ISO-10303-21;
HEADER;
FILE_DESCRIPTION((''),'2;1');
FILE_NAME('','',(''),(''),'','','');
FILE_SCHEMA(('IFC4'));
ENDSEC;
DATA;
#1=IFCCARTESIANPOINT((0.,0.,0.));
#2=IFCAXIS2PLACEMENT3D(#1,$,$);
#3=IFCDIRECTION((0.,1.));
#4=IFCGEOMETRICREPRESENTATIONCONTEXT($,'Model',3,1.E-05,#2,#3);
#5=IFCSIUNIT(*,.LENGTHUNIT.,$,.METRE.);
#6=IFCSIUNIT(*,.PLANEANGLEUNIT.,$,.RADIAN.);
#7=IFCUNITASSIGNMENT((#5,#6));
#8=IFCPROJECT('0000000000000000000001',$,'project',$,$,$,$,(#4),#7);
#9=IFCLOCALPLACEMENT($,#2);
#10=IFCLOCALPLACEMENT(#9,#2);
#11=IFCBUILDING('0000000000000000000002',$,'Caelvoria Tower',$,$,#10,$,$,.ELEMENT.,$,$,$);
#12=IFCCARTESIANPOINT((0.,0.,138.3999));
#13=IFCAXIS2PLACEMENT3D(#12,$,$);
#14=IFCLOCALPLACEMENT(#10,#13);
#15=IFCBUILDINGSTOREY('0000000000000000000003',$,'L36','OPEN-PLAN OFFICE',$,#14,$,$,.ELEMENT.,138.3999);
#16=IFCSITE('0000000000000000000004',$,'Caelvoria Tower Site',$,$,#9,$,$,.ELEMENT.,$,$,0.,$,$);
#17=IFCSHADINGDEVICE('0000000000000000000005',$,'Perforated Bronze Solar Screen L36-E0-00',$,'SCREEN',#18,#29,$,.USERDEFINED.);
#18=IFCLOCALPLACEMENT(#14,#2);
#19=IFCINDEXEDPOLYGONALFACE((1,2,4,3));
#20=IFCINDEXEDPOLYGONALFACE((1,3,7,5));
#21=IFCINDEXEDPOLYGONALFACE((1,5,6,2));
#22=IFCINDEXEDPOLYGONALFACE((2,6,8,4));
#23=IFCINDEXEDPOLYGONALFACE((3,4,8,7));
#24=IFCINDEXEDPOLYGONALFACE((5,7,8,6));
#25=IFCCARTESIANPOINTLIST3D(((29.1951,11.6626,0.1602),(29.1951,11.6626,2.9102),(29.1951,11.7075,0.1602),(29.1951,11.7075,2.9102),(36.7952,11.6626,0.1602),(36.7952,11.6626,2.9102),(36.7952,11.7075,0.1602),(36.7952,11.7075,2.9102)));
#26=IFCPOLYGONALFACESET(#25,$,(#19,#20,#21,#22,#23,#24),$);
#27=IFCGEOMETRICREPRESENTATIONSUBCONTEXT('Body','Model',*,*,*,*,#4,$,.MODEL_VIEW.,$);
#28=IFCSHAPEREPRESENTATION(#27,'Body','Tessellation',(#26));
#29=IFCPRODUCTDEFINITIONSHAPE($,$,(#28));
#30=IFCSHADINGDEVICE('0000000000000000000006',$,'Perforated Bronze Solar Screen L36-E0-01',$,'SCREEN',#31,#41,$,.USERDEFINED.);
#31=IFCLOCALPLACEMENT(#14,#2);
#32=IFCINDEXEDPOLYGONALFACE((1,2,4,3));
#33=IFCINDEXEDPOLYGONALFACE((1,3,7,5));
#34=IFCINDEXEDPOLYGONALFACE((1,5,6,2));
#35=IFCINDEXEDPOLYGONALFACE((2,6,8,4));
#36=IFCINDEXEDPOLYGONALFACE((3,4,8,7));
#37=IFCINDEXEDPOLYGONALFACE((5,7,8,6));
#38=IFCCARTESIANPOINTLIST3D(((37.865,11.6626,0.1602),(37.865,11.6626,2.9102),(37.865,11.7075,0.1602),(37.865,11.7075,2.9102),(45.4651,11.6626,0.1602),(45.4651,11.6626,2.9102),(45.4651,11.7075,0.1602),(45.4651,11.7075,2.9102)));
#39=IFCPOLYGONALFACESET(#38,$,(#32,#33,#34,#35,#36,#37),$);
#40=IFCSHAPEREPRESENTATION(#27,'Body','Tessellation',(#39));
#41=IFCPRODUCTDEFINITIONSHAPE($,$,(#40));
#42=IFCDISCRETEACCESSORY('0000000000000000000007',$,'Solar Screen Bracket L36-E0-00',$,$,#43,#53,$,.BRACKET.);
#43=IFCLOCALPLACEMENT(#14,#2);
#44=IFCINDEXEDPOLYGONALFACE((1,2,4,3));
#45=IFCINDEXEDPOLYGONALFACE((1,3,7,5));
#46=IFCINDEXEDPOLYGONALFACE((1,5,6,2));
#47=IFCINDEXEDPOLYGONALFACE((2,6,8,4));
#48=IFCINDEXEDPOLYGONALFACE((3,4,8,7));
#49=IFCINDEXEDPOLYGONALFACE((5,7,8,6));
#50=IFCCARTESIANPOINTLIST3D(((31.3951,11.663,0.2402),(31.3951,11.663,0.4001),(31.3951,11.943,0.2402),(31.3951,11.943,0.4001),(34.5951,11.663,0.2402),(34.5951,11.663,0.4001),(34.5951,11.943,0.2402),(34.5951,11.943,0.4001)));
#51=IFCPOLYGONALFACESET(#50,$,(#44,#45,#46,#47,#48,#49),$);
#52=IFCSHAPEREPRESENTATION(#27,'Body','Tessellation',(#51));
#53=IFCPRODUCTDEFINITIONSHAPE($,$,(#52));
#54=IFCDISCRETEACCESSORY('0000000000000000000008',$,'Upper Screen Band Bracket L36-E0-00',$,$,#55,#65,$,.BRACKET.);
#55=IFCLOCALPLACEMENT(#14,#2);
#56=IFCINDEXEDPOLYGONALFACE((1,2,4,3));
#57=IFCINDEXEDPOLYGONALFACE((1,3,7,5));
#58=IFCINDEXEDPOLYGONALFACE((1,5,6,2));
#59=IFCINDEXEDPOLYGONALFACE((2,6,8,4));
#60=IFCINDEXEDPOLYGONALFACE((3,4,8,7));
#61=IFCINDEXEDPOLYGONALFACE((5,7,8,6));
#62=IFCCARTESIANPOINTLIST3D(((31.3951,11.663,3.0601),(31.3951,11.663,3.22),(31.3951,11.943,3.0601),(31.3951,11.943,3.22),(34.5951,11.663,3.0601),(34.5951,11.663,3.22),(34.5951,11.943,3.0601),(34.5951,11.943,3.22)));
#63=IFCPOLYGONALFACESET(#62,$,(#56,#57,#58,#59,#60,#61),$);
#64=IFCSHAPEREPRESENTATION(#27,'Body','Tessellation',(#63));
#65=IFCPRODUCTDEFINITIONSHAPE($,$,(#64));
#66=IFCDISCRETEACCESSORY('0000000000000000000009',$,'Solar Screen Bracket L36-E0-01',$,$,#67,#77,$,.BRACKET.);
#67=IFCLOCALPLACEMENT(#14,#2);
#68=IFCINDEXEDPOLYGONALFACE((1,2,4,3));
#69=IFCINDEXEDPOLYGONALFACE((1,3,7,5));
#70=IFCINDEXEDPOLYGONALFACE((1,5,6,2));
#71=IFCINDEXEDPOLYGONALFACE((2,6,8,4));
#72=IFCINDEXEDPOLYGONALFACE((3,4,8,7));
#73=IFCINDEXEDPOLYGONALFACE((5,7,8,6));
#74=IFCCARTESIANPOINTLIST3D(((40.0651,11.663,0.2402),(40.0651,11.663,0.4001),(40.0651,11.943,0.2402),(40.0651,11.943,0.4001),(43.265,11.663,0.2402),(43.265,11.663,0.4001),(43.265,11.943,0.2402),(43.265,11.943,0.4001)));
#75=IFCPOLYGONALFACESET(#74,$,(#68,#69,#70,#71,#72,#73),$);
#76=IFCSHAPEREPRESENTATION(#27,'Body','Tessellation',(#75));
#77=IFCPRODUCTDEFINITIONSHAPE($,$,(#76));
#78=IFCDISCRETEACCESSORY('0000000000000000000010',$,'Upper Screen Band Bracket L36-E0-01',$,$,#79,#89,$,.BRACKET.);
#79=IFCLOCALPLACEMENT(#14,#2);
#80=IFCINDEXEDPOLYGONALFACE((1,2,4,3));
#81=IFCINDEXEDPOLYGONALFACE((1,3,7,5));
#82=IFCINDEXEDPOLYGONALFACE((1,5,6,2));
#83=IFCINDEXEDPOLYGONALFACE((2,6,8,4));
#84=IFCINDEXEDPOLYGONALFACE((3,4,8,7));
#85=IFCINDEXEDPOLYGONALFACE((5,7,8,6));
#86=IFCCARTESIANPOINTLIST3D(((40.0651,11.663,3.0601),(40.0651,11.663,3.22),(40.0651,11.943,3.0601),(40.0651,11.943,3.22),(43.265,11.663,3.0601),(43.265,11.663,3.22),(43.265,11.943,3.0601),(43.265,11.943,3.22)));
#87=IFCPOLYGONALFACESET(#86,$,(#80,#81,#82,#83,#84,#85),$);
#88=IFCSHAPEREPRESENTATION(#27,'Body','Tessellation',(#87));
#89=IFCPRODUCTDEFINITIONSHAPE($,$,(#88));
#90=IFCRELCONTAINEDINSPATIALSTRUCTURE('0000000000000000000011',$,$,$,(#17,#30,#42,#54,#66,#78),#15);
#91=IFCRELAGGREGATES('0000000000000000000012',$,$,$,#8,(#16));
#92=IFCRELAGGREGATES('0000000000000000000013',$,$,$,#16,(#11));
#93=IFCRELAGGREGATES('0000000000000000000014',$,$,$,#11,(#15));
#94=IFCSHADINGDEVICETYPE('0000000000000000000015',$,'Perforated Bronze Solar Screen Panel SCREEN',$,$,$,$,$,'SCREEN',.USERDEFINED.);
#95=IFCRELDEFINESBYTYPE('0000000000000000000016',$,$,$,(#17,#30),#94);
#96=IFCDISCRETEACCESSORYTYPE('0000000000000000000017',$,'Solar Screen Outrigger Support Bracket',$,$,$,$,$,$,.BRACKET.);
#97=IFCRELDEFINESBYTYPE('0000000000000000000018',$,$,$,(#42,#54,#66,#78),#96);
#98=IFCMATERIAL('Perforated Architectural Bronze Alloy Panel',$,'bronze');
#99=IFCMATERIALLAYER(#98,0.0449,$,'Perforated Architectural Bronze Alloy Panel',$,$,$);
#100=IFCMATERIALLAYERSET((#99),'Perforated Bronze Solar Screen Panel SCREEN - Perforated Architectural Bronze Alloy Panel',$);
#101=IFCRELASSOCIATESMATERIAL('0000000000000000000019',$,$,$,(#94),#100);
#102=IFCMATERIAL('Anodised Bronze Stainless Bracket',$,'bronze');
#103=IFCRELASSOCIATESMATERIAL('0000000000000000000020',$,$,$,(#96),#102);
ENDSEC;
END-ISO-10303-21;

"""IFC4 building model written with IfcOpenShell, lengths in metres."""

from ifc_helpers import new_model, si_unit, direction, frame, origin, origin_2d, place, context, subcontext, project, spatial, rectangle, extrude, material, layer, layer_set, type_object, element, save


model = new_model("IFC4")

# Units and contexts
model_context = context("Model", 3, precision=1e-05, world=origin(), true_north=direction((0.0, 1.0)))
body_context = subcontext(model_context, "Body", "Model", "MODEL_VIEW")
ifc_project = project(units=[si_unit("LENGTHUNIT", "METRE"), si_unit("PLANEANGLEUNIT", "RADIAN")], contexts=[model_context])

# Site, building, storey
site_placement = place(None, origin())
site = spatial("IfcSite", under=ifc_project, at=site_placement, Name="Caelvoria Tower Site", CompositionType="ELEMENT", RefElevation=0.0)
building_placement = place(site_placement, origin())
building = spatial("IfcBuilding", under=site, at=building_placement, Name="Caelvoria Tower", CompositionType="ELEMENT")
storey_placement = place(building_placement, frame((0.0, 0.0, 138.3999)))
storey = spatial("IfcBuildingStorey", under=building, at=storey_placement, Name="L36", Description="OPEN-PLAN OFFICE", CompositionType="ELEMENT", Elevation=138.3999)

# Shading devices
ifc_material_1 = material(Name="Perforated Architectural Bronze Alloy Panel", Category="bronze")
ifc_layer_1 = layer(ifc_material_1, 0.0449, Name="Perforated Architectural Bronze Alloy Panel")
ifc_layer_set_1 = layer_set([ifc_layer_1], Name="Perforated Bronze Solar Screen Panel SCREEN - Perforated Architectural Bronze Alloy Panel")
shading_device_type = type_object("IfcShadingDeviceType", Name="Perforated Bronze Solar Screen Panel SCREEN", ElementType="SCREEN", PredefinedType="USERDEFINED", material=ifc_layer_set_1)
for number, where, z_axis, x_axis, name in (
    (1, (32.9951, 11.6851, 0.1602), (0.0, 0.0, 1.0), (1.0, 0.0, 0.0), "Perforated Bronze Solar Screen L36-E0-00"),
    (2, (41.665, 11.6851, 0.1602), (0.0, 0.0, 1.0), (1.0, 0.0, 0.0), "Perforated Bronze Solar Screen L36-E0-01"),
):
    element("IfcShadingDevice", number, at=place(storey_placement, frame(where, z_axis=z_axis, x_axis=x_axis)), inside=storey, type_object=shading_device_type, Name=name, ObjectType="SCREEN", PredefinedType="USERDEFINED", context=body_context, shape_type="SweptSolid", body=[
        extrude(rectangle(XDim=7.6001, YDim=0.0449, at=origin_2d()), origin(), (0.0, 0.0, 1.0), 2.75),
    ])

# Discrete accessories
ifc_material_2 = material(Name="Anodised Bronze Stainless Bracket", Category="bronze")
discrete_accessory_type = type_object("IfcDiscreteAccessoryType", Name="Solar Screen Outrigger Support Bracket", PredefinedType="BRACKET", material=ifc_material_2)
for number, where, z_axis, x_axis, name in (
    (3, (32.9951, 11.803, 0.2402), (0.0, 0.0, 1.0), (1.0, 0.0, 0.0), "Solar Screen Bracket L36-E0-00"),
    (4, (32.9951, 11.803, 3.0601), (0.0, 0.0, 1.0), (1.0, 0.0, 0.0), "Upper Screen Band Bracket L36-E0-00"),
    (5, (41.665, 11.803, 0.2402), (0.0, 0.0, 1.0), (1.0, 0.0, 0.0), "Solar Screen Bracket L36-E0-01"),
    (6, (41.665, 11.803, 3.0601), (0.0, 0.0, 1.0), (1.0, 0.0, 0.0), "Upper Screen Band Bracket L36-E0-01"),
):
    element("IfcDiscreteAccessory", number, at=place(storey_placement, frame(where, z_axis=z_axis, x_axis=x_axis)), inside=storey, type_object=discrete_accessory_type, Name=name, PredefinedType="BRACKET", context=body_context, shape_type="SweptSolid", body=[
        extrude(rectangle(XDim=3.2, YDim=0.28, at=origin_2d()), origin(), (0.0, 0.0, 1.0), 0.1599),
    ])

save(model, "model.ifc")
